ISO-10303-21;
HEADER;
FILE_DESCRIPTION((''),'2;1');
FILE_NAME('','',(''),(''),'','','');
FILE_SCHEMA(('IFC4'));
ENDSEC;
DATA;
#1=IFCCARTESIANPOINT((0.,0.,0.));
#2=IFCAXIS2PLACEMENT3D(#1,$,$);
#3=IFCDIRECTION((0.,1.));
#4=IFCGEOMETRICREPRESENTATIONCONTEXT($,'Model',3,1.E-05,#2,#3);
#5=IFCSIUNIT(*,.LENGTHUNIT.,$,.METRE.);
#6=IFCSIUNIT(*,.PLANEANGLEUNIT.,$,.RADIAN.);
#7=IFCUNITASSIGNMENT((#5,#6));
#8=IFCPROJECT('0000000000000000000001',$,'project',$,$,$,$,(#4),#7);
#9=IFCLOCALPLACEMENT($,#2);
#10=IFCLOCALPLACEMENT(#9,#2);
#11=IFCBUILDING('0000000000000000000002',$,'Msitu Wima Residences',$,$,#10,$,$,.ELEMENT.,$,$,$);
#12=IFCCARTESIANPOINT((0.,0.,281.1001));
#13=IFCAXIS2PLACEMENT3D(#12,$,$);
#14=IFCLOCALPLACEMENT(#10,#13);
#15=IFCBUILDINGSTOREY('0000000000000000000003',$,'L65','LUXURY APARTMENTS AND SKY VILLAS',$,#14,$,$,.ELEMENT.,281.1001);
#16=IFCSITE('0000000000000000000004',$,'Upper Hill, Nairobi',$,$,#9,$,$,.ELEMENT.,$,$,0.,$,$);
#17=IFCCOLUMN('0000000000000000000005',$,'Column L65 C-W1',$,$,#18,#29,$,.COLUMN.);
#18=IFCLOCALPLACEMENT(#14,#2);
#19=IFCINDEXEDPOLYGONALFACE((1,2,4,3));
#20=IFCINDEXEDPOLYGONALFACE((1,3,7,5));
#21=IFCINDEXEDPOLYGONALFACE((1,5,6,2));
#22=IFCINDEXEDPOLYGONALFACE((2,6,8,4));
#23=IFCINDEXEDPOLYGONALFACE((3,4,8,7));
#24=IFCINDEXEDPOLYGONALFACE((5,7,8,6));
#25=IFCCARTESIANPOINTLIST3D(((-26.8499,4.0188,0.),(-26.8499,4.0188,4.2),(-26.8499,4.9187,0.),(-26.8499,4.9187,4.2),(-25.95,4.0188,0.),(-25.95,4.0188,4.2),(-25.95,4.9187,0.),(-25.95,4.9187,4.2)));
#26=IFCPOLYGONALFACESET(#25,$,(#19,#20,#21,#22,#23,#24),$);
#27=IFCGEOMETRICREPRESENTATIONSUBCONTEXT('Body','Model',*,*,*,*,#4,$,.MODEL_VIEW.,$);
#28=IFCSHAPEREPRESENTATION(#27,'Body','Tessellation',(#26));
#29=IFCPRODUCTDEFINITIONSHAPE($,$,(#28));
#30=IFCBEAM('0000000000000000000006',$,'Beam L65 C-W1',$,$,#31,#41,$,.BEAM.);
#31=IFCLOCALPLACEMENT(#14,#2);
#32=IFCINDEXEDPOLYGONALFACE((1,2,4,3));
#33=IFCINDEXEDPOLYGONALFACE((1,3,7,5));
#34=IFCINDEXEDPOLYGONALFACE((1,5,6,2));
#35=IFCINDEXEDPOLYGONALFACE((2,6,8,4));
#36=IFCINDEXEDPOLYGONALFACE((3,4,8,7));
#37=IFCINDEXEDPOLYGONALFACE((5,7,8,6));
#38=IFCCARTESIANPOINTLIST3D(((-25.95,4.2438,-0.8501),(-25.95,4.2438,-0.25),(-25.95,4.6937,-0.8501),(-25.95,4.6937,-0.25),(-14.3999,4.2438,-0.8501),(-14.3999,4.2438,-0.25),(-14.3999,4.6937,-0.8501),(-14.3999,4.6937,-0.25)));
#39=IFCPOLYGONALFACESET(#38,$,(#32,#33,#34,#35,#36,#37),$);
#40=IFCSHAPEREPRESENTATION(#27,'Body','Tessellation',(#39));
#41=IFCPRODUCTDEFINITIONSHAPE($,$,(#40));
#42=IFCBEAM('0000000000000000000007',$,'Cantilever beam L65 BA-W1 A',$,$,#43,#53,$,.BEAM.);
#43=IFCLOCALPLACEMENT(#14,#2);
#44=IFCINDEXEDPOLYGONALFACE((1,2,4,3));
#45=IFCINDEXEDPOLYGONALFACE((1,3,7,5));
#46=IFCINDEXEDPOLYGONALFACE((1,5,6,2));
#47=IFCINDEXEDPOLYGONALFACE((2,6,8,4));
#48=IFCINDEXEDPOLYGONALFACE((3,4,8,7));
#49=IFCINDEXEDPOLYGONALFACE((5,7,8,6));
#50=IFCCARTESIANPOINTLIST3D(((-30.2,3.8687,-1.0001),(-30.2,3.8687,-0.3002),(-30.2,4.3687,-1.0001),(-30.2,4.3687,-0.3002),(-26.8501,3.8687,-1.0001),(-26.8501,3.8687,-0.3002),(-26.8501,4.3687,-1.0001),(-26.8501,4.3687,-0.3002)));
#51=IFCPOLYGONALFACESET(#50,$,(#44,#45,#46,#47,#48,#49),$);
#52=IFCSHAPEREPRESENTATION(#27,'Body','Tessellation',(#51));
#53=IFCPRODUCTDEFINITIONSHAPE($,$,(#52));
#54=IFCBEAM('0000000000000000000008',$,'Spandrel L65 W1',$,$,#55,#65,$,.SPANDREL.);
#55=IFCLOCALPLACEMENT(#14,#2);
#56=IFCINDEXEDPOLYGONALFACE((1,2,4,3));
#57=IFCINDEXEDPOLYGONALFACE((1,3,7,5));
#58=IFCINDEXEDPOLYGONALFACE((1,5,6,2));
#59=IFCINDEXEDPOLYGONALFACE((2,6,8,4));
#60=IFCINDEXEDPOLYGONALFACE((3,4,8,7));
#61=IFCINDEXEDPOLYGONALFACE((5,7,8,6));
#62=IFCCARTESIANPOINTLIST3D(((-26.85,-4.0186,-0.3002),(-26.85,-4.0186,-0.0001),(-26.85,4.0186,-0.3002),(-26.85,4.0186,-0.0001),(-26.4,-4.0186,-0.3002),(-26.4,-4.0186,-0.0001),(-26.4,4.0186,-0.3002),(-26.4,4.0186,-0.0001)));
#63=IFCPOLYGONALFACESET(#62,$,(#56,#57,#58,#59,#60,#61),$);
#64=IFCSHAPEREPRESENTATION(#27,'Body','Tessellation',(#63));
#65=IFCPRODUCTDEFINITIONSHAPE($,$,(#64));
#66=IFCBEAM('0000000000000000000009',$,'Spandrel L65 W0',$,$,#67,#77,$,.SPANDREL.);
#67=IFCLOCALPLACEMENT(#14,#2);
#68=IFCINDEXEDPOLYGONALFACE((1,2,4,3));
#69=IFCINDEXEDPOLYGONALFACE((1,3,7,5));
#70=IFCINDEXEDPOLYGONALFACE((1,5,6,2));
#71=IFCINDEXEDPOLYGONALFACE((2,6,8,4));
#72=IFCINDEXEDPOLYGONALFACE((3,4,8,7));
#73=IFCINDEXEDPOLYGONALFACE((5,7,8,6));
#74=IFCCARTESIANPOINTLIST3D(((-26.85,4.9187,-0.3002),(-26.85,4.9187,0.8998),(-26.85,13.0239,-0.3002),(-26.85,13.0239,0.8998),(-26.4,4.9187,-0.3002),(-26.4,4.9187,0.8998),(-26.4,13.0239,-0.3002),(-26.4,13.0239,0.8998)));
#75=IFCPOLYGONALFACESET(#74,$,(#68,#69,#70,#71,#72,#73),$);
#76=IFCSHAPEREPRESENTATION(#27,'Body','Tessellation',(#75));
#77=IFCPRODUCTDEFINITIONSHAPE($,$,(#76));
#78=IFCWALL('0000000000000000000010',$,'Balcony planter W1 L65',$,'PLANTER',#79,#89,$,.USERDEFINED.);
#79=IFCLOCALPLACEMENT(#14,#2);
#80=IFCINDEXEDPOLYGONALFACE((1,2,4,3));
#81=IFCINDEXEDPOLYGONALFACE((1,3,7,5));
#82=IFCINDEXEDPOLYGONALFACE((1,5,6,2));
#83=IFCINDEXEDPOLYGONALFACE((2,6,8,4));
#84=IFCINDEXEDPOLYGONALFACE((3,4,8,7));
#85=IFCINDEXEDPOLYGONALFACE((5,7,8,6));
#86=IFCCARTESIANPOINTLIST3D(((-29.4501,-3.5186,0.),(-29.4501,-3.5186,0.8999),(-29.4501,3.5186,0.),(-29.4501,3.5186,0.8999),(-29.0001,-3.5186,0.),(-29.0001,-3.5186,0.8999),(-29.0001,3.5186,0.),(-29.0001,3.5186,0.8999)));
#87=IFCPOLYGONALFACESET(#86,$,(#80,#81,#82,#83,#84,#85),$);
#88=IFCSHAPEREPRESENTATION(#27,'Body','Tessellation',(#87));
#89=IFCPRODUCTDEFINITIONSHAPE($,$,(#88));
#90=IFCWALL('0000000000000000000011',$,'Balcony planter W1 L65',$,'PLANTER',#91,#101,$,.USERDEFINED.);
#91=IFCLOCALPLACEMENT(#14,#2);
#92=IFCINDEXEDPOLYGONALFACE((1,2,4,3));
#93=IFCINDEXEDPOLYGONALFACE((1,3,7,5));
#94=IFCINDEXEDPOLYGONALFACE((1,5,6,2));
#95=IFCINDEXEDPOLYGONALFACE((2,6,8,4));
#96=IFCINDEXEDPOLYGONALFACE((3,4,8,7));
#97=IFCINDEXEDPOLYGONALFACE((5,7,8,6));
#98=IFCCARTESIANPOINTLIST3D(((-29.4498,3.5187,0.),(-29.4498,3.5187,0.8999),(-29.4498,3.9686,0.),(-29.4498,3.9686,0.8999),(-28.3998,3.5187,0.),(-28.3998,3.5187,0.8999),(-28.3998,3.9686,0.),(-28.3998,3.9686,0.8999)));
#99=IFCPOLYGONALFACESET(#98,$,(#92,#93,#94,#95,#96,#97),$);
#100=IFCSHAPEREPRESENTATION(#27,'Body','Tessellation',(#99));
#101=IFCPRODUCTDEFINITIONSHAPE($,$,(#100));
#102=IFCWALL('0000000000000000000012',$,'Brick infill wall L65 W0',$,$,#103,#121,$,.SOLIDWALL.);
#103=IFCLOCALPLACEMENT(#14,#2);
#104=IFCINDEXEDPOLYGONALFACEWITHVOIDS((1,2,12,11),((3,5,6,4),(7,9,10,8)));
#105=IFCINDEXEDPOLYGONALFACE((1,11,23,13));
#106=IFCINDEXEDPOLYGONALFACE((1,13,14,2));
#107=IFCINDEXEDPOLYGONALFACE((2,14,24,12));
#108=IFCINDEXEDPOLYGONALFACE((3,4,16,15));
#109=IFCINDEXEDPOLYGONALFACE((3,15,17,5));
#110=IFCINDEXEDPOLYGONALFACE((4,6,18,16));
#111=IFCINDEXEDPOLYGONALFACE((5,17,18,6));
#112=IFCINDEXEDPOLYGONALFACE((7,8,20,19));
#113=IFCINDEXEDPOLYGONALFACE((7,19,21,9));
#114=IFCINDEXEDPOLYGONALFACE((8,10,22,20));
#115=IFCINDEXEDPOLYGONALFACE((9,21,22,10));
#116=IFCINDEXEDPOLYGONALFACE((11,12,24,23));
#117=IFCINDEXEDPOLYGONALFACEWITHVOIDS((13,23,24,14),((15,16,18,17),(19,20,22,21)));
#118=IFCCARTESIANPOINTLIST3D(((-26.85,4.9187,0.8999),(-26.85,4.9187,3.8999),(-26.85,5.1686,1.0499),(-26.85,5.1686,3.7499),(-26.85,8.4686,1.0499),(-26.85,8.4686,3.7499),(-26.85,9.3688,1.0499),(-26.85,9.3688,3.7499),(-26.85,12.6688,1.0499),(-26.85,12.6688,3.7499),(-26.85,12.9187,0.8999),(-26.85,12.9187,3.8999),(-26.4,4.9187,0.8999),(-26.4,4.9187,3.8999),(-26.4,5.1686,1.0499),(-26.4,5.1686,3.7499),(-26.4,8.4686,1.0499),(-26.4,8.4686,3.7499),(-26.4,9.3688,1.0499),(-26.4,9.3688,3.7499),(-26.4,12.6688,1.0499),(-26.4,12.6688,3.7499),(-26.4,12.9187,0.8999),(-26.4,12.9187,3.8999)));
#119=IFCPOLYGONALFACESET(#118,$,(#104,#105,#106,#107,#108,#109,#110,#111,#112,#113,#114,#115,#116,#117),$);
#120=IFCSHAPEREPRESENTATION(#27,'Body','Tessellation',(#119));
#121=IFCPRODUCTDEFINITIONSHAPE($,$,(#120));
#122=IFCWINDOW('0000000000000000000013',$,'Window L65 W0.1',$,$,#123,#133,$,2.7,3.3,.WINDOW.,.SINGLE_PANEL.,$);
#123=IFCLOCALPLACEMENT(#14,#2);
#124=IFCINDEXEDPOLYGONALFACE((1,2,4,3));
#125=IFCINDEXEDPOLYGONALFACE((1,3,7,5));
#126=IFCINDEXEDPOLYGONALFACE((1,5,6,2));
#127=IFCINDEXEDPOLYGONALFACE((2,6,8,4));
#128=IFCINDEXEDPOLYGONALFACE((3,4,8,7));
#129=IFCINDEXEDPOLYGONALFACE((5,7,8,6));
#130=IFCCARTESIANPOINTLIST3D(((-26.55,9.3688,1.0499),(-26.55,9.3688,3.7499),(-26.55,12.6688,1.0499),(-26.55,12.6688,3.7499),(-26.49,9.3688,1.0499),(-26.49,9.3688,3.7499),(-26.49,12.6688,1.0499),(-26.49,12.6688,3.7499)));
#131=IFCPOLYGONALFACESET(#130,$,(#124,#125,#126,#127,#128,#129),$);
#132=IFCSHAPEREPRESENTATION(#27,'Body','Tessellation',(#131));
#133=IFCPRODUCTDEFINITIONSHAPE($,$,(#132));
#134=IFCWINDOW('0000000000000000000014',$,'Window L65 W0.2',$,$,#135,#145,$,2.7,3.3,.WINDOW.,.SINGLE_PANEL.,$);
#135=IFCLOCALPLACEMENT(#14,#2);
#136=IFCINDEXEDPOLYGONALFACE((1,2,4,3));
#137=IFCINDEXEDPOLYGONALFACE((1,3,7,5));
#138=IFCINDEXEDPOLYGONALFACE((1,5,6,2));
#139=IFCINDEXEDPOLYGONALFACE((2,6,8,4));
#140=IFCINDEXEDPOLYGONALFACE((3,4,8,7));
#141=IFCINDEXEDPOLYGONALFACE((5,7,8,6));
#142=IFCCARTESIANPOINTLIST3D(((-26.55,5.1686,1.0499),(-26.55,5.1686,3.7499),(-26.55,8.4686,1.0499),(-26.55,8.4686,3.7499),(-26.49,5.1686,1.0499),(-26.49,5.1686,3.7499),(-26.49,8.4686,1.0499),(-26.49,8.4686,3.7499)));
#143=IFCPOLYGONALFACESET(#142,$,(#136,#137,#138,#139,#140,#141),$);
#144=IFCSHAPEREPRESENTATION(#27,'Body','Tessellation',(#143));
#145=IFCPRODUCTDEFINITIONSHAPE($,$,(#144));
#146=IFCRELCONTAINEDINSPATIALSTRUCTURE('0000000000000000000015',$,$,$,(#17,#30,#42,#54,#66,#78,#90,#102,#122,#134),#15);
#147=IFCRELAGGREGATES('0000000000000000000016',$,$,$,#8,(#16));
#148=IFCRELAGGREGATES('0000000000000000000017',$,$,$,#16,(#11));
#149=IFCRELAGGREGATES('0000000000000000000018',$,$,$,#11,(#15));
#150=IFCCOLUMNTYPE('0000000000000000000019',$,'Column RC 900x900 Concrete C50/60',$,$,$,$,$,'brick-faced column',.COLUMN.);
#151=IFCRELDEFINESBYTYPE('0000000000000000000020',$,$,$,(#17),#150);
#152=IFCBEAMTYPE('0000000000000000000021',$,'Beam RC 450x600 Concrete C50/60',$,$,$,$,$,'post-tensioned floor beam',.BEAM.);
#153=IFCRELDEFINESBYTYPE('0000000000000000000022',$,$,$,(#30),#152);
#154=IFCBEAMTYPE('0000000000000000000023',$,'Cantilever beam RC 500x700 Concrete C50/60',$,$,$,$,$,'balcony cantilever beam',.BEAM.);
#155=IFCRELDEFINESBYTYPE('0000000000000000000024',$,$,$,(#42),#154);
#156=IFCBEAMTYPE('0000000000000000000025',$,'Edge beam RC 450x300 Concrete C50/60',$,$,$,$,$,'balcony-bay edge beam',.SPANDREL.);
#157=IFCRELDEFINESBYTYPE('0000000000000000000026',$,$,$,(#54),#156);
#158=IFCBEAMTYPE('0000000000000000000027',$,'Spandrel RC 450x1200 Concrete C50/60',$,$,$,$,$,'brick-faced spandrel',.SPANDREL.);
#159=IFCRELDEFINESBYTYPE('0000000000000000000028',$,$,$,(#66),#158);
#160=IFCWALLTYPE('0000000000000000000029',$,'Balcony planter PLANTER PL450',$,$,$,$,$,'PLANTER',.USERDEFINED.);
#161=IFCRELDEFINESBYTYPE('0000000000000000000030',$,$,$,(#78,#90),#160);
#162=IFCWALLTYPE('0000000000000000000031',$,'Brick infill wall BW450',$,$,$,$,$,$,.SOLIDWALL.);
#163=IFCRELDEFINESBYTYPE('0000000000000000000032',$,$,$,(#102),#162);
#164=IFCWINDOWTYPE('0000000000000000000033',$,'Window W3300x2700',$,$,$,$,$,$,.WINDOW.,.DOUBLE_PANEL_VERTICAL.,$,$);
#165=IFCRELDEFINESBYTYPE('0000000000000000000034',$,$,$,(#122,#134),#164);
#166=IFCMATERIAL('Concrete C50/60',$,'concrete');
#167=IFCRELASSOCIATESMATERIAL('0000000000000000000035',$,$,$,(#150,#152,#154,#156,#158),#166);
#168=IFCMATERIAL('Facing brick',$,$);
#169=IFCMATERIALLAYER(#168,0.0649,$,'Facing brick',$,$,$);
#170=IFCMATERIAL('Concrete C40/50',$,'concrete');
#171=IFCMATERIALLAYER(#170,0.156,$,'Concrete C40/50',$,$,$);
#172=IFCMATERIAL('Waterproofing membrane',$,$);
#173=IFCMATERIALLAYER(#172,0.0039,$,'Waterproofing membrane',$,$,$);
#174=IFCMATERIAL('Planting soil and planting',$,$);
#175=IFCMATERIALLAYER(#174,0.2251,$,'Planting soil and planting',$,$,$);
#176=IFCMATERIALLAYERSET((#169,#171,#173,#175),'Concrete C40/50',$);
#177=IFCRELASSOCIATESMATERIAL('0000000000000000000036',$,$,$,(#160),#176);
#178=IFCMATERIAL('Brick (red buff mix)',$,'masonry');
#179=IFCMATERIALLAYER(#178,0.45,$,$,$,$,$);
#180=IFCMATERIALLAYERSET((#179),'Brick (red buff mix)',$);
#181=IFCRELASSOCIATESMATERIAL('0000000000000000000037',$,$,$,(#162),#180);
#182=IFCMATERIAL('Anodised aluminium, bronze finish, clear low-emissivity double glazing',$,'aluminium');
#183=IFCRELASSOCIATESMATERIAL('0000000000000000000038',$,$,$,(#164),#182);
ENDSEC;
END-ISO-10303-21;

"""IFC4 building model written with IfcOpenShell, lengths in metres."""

from ifc_helpers import new_model, si_unit, direction, frame, frame_2d, origin, origin_2d, place, context, subcontext, project, spatial, rectangle, extrude, material, layer, layer_set, material_profile, profile_set, type_object, element, fill, save


model = new_model("IFC4")

# Units and contexts
model_context = context("Model", 3, precision=1e-05, world=origin(), true_north=direction((0.0, 1.0)))
body_context = subcontext(model_context, "Body", "Model", "MODEL_VIEW")
ifc_project = project(units=[si_unit("LENGTHUNIT", "METRE"), si_unit("PLANEANGLEUNIT", "RADIAN")], contexts=[model_context])

# Site, building, storey
site_placement = place(None, origin())
site = spatial("IfcSite", under=ifc_project, at=site_placement, Name="Upper Hill, Nairobi", CompositionType="ELEMENT", RefElevation=0.0)
building_placement = place(site_placement, origin())
building = spatial("IfcBuilding", under=site, at=building_placement, Name="Msitu Wima Residences", CompositionType="ELEMENT")
storey_placement = place(building_placement, frame((0.0, 0.0, 281.1001)))
storey = spatial("IfcBuildingStorey", under=building, at=storey_placement, Name="L65", Description="LUXURY APARTMENTS AND SKY VILLAS", CompositionType="ELEMENT", Elevation=281.1001)

# Column
ifc_material_1 = material(Name="Concrete C50/60", Category="concrete")
ifc_material_profile_1 = material_profile(ifc_material_1, rectangle(XDim=0.8999, YDim=0.8999, at=origin_2d()), Name="RC 900x900")
ifc_profile_set_1 = profile_set([ifc_material_profile_1], Name="Concrete C50/60")
column_type = type_object("IfcColumnType", Name="Column RC 900x900 Concrete C50/60", ElementType="brick-faced column", PredefinedType="COLUMN", material=ifc_profile_set_1)
column_placement = place(storey_placement, frame((-26.3999, 4.4688, 0.0), z_axis=(0.0, 0.0, 1.0), x_axis=(0.0, -1.0, 0.0)))
element("IfcColumn", 1, at=column_placement, inside=storey, type_object=column_type, Name="Column L65 C-W1", PredefinedType="COLUMN", context=body_context, shape_type="SweptSolid", body=[
    extrude(rectangle(XDim=0.8999, YDim=0.8999, at=origin_2d()), origin(), (0.0, 0.0, 1.0), 4.2),
])

# Beams
ifc_material_profile_2 = material_profile(ifc_material_1, rectangle(XDim=0.45, YDim=0.6001, at=origin_2d()), Name="RC 450x600")
ifc_profile_set_2 = profile_set([ifc_material_profile_2], Name="Concrete C50/60")
beam_type_1 = type_object("IfcBeamType", Name="Beam RC 450x600 Concrete C50/60", ElementType="post-tensioned floor beam", PredefinedType="BEAM", material=ifc_profile_set_2)
beam_1_placement = place(storey_placement, frame((-25.95, 4.4688, -0.55), z_axis=(1.0, 0.0, 0.0), x_axis=(0.0, 1.0, 0.0)))
element("IfcBeam", 2, at=beam_1_placement, inside=storey, type_object=beam_type_1, Name="Beam L65 C-W1", PredefinedType="BEAM", context=body_context, shape_type="SweptSolid", body=[
    extrude(rectangle(XDim=0.45, YDim=0.6001, at=origin_2d()), origin(), (0.0, 0.0, 1.0), 11.55),
])
ifc_material_profile_3 = material_profile(ifc_material_1, rectangle(XDim=0.5, YDim=0.7, at=origin_2d()), Name="RC 500x700")
ifc_profile_set_3 = profile_set([ifc_material_profile_3], Name="Concrete C50/60")
beam_type_2 = type_object("IfcBeamType", Name="Cantilever beam RC 500x700 Concrete C50/60", ElementType="balcony cantilever beam", PredefinedType="BEAM", material=ifc_profile_set_3)
beam_2_placement = place(storey_placement, frame((-26.8501, 4.1187, -0.6501), z_axis=(-1.0, 0.0, 0.0), x_axis=(0.0, -1.0, 0.0)))
element("IfcBeam", 3, at=beam_2_placement, inside=storey, type_object=beam_type_2, Name="Cantilever beam L65 BA-W1 A", PredefinedType="BEAM", context=body_context, shape_type="SweptSolid", body=[
    extrude(rectangle(XDim=0.5, YDim=0.7, at=origin_2d()), origin(), (0.0, 0.0, 1.0), 3.3499),
])
ifc_material_profile_4 = material_profile(ifc_material_1, rectangle(XDim=0.45, YDim=0.3, at=origin_2d()), Name="RC 450x300")
ifc_profile_set_4 = profile_set([ifc_material_profile_4], Name="Concrete C50/60")
beam_type_3 = type_object("IfcBeamType", Name="Edge beam RC 450x300 Concrete C50/60", ElementType="balcony-bay edge beam", PredefinedType="SPANDREL", material=ifc_profile_set_4)
beam_3_placement = place(storey_placement, frame((-26.625, 4.0186, -0.1501), z_axis=(0.0, -1.0, 0.0), x_axis=(1.0, 0.0, 0.0)))
element("IfcBeam", 4, at=beam_3_placement, inside=storey, type_object=beam_type_3, Name="Spandrel L65 W1", PredefinedType="SPANDREL", context=body_context, shape_type="SweptSolid", body=[
    extrude(rectangle(XDim=0.45, YDim=0.3, at=origin_2d()), origin(), (0.0, 0.0, 1.0), 8.0371),
])
ifc_material_profile_5 = material_profile(ifc_material_1, rectangle(XDim=0.45, YDim=1.2, at=origin_2d()), Name="RC 450x1200")
ifc_profile_set_5 = profile_set([ifc_material_profile_5], Name="Concrete C50/60")
beam_type_4 = type_object("IfcBeamType", Name="Spandrel RC 450x1200 Concrete C50/60", ElementType="brick-faced spandrel", PredefinedType="SPANDREL", material=ifc_profile_set_5)
beam_4_placement = place(storey_placement, frame((-26.625, 13.0239, 0.2998), z_axis=(0.0, -1.0, 0.0), x_axis=(1.0, 0.0, 0.0)))
element("IfcBeam", 5, at=beam_4_placement, inside=storey, type_object=beam_type_4, Name="Spandrel L65 W0", PredefinedType="SPANDREL", context=body_context, shape_type="SweptSolid", body=[
    extrude(rectangle(XDim=0.45, YDim=1.2, at=origin_2d()), origin(), (0.0, 0.0, 1.0), 8.1052),
])

# Walls
ifc_material_2 = material(Name="Facing brick")
ifc_layer_1 = layer(ifc_material_2, 0.0649, Name="Facing brick")
ifc_material_3 = material(Name="Concrete C40/50", Category="concrete")
ifc_layer_2 = layer(ifc_material_3, 0.156, Name="Concrete C40/50")
ifc_material_4 = material(Name="Waterproofing membrane")
ifc_layer_3 = layer(ifc_material_4, 0.0039, Name="Waterproofing membrane")
ifc_material_5 = material(Name="Planting soil and planting")
ifc_layer_4 = layer(ifc_material_5, 0.2251, Name="Planting soil and planting")
ifc_layer_set_1 = layer_set([ifc_layer_1, ifc_layer_2, ifc_layer_3, ifc_layer_4], Name="Concrete C40/50")
wall_type_1 = type_object("IfcWallType", Name="Balcony planter PLANTER PL450", ElementType="PLANTER", PredefinedType="USERDEFINED", material=ifc_layer_set_1)
wall_1_placement = place(storey_placement, frame((-29.2251, 3.5186, 0.0), z_axis=(0.0, 0.0, 1.0), x_axis=(0.0, -1.0, 0.0)))
element("IfcWall", 6, at=wall_1_placement, inside=storey, type_object=wall_type_1, Name="Balcony planter W1 L65", ObjectType="PLANTER", PredefinedType="USERDEFINED", context=body_context, shape_type="SweptSolid", body=[
    extrude(rectangle(XDim=7.0371, YDim=0.45, at=frame_2d((3.5186, 0.0))), origin(), (0.0, 0.0, 1.0), 0.8999),
])
wall_2_placement = place(storey_placement, frame((-28.3999, 3.7437, 0.0), z_axis=(0.0, 0.0, 1.0), x_axis=(-1.0, 0.0, 0.0)))
element("IfcWall", 7, at=wall_2_placement, inside=storey, type_object=wall_type_1, Name="Balcony planter W1 L65", ObjectType="PLANTER", PredefinedType="USERDEFINED", context=body_context, shape_type="SweptSolid", body=[
    extrude(rectangle(XDim=1.05, YDim=0.45, at=frame_2d((0.5249, 0.0))), origin(), (0.0, 0.0, 1.0), 0.8999),
])

# Wall, openings, windows
ifc_material_6 = material(Name="Brick (red buff mix)", Category="masonry")
ifc_layer_5 = layer(ifc_material_6, 0.45)
ifc_layer_set_2 = layer_set([ifc_layer_5], Name="Brick (red buff mix)")
wall_type_2 = type_object("IfcWallType", Name="Brick infill wall BW450", PredefinedType="SOLIDWALL", material=ifc_layer_set_2)
wall_3_placement = place(storey_placement, frame((-26.625, 12.9187, 0.8999), z_axis=(0.0, 0.0, 1.0), x_axis=(0.0, -1.0, 0.0)))
wall_3 = element("IfcWall", 8, at=wall_3_placement, inside=storey, type_object=wall_type_2, Name="Brick infill wall L65 W0", PredefinedType="SOLIDWALL", context=body_context, shape_type="SweptSolid", body=[
    extrude(rectangle(XDim=8.0, YDim=0.45, at=frame_2d((4.0, 0.0))), origin(), (0.0, 0.0, 1.0), 3.0),
])
opening_1_placement = place(wall_3_placement, frame((0.25, 0.0, 0.1499)))
opening_1 = element("IfcOpeningElement", 9, at=opening_1_placement, cuts=wall_3, PredefinedType="OPENING", context=body_context, shape_type="SweptSolid", body=[
    extrude(rectangle(XDim=3.3, YDim=2.7, at=frame_2d((1.6499, 1.3501))), frame((0.0, 0.2349, 0.0), z_axis=(0.0, -1.0, 0.0), x_axis=(1.0, 0.0, 0.0)), (0.0, 0.0, 1.0), 0.47),
])
opening_2_placement = place(wall_3_placement, frame((4.4502, 0.0, 0.1499)))
opening_2 = element("IfcOpeningElement", 10, at=opening_2_placement, cuts=wall_3, PredefinedType="OPENING", context=body_context, shape_type="SweptSolid", body=[
    extrude(rectangle(XDim=3.3, YDim=2.7, at=frame_2d((1.6499, 1.3501))), frame((0.0, 0.2349, 0.0), z_axis=(0.0, -1.0, 0.0), x_axis=(1.0, 0.0, 0.0)), (0.0, 0.0, 1.0), 0.47),
])
ifc_material_7 = material(Name="Anodised aluminium, bronze finish, clear low-emissivity double glazing", Category="aluminium")
window_type = type_object("IfcWindowType", Name="Window W3300x2700", PartitioningType="DOUBLE_PANEL_VERTICAL", PredefinedType="WINDOW", material=ifc_material_7)
window_1_placement = place(opening_1_placement, origin())
window_1 = element("IfcWindow", 11, at=window_1_placement, inside=storey, type_object=window_type, Name="Window L65 W0.1", OverallHeight=2.7, OverallWidth=3.3, PartitioningType="SINGLE_PANEL", PredefinedType="WINDOW", context=body_context, shape_type="SweptSolid", body=[
    extrude(rectangle(XDim=3.3, YDim=2.7, at=frame_2d((1.6499, 1.3501))), frame((0.0, 0.135, 0.0), z_axis=(0.0, -1.0, 0.0), x_axis=(1.0, 0.0, 0.0)), (0.0, 0.0, 1.0), 0.0601),
])
fill(opening_1, window_1)
window_2_placement = place(opening_2_placement, origin())
window_2 = element("IfcWindow", 12, at=window_2_placement, inside=storey, type_object=window_type, Name="Window L65 W0.2", OverallHeight=2.7, OverallWidth=3.3, PartitioningType="SINGLE_PANEL", PredefinedType="WINDOW", context=body_context, shape_type="SweptSolid", body=[
    extrude(rectangle(XDim=3.3, YDim=2.7, at=frame_2d((1.6499, 1.3501))), frame((0.0, 0.135, 0.0), z_axis=(0.0, -1.0, 0.0), x_axis=(1.0, 0.0, 0.0)), (0.0, 0.0, 1.0), 0.0601),
])
fill(opening_2, window_2)

save(model, "model.ifc")
